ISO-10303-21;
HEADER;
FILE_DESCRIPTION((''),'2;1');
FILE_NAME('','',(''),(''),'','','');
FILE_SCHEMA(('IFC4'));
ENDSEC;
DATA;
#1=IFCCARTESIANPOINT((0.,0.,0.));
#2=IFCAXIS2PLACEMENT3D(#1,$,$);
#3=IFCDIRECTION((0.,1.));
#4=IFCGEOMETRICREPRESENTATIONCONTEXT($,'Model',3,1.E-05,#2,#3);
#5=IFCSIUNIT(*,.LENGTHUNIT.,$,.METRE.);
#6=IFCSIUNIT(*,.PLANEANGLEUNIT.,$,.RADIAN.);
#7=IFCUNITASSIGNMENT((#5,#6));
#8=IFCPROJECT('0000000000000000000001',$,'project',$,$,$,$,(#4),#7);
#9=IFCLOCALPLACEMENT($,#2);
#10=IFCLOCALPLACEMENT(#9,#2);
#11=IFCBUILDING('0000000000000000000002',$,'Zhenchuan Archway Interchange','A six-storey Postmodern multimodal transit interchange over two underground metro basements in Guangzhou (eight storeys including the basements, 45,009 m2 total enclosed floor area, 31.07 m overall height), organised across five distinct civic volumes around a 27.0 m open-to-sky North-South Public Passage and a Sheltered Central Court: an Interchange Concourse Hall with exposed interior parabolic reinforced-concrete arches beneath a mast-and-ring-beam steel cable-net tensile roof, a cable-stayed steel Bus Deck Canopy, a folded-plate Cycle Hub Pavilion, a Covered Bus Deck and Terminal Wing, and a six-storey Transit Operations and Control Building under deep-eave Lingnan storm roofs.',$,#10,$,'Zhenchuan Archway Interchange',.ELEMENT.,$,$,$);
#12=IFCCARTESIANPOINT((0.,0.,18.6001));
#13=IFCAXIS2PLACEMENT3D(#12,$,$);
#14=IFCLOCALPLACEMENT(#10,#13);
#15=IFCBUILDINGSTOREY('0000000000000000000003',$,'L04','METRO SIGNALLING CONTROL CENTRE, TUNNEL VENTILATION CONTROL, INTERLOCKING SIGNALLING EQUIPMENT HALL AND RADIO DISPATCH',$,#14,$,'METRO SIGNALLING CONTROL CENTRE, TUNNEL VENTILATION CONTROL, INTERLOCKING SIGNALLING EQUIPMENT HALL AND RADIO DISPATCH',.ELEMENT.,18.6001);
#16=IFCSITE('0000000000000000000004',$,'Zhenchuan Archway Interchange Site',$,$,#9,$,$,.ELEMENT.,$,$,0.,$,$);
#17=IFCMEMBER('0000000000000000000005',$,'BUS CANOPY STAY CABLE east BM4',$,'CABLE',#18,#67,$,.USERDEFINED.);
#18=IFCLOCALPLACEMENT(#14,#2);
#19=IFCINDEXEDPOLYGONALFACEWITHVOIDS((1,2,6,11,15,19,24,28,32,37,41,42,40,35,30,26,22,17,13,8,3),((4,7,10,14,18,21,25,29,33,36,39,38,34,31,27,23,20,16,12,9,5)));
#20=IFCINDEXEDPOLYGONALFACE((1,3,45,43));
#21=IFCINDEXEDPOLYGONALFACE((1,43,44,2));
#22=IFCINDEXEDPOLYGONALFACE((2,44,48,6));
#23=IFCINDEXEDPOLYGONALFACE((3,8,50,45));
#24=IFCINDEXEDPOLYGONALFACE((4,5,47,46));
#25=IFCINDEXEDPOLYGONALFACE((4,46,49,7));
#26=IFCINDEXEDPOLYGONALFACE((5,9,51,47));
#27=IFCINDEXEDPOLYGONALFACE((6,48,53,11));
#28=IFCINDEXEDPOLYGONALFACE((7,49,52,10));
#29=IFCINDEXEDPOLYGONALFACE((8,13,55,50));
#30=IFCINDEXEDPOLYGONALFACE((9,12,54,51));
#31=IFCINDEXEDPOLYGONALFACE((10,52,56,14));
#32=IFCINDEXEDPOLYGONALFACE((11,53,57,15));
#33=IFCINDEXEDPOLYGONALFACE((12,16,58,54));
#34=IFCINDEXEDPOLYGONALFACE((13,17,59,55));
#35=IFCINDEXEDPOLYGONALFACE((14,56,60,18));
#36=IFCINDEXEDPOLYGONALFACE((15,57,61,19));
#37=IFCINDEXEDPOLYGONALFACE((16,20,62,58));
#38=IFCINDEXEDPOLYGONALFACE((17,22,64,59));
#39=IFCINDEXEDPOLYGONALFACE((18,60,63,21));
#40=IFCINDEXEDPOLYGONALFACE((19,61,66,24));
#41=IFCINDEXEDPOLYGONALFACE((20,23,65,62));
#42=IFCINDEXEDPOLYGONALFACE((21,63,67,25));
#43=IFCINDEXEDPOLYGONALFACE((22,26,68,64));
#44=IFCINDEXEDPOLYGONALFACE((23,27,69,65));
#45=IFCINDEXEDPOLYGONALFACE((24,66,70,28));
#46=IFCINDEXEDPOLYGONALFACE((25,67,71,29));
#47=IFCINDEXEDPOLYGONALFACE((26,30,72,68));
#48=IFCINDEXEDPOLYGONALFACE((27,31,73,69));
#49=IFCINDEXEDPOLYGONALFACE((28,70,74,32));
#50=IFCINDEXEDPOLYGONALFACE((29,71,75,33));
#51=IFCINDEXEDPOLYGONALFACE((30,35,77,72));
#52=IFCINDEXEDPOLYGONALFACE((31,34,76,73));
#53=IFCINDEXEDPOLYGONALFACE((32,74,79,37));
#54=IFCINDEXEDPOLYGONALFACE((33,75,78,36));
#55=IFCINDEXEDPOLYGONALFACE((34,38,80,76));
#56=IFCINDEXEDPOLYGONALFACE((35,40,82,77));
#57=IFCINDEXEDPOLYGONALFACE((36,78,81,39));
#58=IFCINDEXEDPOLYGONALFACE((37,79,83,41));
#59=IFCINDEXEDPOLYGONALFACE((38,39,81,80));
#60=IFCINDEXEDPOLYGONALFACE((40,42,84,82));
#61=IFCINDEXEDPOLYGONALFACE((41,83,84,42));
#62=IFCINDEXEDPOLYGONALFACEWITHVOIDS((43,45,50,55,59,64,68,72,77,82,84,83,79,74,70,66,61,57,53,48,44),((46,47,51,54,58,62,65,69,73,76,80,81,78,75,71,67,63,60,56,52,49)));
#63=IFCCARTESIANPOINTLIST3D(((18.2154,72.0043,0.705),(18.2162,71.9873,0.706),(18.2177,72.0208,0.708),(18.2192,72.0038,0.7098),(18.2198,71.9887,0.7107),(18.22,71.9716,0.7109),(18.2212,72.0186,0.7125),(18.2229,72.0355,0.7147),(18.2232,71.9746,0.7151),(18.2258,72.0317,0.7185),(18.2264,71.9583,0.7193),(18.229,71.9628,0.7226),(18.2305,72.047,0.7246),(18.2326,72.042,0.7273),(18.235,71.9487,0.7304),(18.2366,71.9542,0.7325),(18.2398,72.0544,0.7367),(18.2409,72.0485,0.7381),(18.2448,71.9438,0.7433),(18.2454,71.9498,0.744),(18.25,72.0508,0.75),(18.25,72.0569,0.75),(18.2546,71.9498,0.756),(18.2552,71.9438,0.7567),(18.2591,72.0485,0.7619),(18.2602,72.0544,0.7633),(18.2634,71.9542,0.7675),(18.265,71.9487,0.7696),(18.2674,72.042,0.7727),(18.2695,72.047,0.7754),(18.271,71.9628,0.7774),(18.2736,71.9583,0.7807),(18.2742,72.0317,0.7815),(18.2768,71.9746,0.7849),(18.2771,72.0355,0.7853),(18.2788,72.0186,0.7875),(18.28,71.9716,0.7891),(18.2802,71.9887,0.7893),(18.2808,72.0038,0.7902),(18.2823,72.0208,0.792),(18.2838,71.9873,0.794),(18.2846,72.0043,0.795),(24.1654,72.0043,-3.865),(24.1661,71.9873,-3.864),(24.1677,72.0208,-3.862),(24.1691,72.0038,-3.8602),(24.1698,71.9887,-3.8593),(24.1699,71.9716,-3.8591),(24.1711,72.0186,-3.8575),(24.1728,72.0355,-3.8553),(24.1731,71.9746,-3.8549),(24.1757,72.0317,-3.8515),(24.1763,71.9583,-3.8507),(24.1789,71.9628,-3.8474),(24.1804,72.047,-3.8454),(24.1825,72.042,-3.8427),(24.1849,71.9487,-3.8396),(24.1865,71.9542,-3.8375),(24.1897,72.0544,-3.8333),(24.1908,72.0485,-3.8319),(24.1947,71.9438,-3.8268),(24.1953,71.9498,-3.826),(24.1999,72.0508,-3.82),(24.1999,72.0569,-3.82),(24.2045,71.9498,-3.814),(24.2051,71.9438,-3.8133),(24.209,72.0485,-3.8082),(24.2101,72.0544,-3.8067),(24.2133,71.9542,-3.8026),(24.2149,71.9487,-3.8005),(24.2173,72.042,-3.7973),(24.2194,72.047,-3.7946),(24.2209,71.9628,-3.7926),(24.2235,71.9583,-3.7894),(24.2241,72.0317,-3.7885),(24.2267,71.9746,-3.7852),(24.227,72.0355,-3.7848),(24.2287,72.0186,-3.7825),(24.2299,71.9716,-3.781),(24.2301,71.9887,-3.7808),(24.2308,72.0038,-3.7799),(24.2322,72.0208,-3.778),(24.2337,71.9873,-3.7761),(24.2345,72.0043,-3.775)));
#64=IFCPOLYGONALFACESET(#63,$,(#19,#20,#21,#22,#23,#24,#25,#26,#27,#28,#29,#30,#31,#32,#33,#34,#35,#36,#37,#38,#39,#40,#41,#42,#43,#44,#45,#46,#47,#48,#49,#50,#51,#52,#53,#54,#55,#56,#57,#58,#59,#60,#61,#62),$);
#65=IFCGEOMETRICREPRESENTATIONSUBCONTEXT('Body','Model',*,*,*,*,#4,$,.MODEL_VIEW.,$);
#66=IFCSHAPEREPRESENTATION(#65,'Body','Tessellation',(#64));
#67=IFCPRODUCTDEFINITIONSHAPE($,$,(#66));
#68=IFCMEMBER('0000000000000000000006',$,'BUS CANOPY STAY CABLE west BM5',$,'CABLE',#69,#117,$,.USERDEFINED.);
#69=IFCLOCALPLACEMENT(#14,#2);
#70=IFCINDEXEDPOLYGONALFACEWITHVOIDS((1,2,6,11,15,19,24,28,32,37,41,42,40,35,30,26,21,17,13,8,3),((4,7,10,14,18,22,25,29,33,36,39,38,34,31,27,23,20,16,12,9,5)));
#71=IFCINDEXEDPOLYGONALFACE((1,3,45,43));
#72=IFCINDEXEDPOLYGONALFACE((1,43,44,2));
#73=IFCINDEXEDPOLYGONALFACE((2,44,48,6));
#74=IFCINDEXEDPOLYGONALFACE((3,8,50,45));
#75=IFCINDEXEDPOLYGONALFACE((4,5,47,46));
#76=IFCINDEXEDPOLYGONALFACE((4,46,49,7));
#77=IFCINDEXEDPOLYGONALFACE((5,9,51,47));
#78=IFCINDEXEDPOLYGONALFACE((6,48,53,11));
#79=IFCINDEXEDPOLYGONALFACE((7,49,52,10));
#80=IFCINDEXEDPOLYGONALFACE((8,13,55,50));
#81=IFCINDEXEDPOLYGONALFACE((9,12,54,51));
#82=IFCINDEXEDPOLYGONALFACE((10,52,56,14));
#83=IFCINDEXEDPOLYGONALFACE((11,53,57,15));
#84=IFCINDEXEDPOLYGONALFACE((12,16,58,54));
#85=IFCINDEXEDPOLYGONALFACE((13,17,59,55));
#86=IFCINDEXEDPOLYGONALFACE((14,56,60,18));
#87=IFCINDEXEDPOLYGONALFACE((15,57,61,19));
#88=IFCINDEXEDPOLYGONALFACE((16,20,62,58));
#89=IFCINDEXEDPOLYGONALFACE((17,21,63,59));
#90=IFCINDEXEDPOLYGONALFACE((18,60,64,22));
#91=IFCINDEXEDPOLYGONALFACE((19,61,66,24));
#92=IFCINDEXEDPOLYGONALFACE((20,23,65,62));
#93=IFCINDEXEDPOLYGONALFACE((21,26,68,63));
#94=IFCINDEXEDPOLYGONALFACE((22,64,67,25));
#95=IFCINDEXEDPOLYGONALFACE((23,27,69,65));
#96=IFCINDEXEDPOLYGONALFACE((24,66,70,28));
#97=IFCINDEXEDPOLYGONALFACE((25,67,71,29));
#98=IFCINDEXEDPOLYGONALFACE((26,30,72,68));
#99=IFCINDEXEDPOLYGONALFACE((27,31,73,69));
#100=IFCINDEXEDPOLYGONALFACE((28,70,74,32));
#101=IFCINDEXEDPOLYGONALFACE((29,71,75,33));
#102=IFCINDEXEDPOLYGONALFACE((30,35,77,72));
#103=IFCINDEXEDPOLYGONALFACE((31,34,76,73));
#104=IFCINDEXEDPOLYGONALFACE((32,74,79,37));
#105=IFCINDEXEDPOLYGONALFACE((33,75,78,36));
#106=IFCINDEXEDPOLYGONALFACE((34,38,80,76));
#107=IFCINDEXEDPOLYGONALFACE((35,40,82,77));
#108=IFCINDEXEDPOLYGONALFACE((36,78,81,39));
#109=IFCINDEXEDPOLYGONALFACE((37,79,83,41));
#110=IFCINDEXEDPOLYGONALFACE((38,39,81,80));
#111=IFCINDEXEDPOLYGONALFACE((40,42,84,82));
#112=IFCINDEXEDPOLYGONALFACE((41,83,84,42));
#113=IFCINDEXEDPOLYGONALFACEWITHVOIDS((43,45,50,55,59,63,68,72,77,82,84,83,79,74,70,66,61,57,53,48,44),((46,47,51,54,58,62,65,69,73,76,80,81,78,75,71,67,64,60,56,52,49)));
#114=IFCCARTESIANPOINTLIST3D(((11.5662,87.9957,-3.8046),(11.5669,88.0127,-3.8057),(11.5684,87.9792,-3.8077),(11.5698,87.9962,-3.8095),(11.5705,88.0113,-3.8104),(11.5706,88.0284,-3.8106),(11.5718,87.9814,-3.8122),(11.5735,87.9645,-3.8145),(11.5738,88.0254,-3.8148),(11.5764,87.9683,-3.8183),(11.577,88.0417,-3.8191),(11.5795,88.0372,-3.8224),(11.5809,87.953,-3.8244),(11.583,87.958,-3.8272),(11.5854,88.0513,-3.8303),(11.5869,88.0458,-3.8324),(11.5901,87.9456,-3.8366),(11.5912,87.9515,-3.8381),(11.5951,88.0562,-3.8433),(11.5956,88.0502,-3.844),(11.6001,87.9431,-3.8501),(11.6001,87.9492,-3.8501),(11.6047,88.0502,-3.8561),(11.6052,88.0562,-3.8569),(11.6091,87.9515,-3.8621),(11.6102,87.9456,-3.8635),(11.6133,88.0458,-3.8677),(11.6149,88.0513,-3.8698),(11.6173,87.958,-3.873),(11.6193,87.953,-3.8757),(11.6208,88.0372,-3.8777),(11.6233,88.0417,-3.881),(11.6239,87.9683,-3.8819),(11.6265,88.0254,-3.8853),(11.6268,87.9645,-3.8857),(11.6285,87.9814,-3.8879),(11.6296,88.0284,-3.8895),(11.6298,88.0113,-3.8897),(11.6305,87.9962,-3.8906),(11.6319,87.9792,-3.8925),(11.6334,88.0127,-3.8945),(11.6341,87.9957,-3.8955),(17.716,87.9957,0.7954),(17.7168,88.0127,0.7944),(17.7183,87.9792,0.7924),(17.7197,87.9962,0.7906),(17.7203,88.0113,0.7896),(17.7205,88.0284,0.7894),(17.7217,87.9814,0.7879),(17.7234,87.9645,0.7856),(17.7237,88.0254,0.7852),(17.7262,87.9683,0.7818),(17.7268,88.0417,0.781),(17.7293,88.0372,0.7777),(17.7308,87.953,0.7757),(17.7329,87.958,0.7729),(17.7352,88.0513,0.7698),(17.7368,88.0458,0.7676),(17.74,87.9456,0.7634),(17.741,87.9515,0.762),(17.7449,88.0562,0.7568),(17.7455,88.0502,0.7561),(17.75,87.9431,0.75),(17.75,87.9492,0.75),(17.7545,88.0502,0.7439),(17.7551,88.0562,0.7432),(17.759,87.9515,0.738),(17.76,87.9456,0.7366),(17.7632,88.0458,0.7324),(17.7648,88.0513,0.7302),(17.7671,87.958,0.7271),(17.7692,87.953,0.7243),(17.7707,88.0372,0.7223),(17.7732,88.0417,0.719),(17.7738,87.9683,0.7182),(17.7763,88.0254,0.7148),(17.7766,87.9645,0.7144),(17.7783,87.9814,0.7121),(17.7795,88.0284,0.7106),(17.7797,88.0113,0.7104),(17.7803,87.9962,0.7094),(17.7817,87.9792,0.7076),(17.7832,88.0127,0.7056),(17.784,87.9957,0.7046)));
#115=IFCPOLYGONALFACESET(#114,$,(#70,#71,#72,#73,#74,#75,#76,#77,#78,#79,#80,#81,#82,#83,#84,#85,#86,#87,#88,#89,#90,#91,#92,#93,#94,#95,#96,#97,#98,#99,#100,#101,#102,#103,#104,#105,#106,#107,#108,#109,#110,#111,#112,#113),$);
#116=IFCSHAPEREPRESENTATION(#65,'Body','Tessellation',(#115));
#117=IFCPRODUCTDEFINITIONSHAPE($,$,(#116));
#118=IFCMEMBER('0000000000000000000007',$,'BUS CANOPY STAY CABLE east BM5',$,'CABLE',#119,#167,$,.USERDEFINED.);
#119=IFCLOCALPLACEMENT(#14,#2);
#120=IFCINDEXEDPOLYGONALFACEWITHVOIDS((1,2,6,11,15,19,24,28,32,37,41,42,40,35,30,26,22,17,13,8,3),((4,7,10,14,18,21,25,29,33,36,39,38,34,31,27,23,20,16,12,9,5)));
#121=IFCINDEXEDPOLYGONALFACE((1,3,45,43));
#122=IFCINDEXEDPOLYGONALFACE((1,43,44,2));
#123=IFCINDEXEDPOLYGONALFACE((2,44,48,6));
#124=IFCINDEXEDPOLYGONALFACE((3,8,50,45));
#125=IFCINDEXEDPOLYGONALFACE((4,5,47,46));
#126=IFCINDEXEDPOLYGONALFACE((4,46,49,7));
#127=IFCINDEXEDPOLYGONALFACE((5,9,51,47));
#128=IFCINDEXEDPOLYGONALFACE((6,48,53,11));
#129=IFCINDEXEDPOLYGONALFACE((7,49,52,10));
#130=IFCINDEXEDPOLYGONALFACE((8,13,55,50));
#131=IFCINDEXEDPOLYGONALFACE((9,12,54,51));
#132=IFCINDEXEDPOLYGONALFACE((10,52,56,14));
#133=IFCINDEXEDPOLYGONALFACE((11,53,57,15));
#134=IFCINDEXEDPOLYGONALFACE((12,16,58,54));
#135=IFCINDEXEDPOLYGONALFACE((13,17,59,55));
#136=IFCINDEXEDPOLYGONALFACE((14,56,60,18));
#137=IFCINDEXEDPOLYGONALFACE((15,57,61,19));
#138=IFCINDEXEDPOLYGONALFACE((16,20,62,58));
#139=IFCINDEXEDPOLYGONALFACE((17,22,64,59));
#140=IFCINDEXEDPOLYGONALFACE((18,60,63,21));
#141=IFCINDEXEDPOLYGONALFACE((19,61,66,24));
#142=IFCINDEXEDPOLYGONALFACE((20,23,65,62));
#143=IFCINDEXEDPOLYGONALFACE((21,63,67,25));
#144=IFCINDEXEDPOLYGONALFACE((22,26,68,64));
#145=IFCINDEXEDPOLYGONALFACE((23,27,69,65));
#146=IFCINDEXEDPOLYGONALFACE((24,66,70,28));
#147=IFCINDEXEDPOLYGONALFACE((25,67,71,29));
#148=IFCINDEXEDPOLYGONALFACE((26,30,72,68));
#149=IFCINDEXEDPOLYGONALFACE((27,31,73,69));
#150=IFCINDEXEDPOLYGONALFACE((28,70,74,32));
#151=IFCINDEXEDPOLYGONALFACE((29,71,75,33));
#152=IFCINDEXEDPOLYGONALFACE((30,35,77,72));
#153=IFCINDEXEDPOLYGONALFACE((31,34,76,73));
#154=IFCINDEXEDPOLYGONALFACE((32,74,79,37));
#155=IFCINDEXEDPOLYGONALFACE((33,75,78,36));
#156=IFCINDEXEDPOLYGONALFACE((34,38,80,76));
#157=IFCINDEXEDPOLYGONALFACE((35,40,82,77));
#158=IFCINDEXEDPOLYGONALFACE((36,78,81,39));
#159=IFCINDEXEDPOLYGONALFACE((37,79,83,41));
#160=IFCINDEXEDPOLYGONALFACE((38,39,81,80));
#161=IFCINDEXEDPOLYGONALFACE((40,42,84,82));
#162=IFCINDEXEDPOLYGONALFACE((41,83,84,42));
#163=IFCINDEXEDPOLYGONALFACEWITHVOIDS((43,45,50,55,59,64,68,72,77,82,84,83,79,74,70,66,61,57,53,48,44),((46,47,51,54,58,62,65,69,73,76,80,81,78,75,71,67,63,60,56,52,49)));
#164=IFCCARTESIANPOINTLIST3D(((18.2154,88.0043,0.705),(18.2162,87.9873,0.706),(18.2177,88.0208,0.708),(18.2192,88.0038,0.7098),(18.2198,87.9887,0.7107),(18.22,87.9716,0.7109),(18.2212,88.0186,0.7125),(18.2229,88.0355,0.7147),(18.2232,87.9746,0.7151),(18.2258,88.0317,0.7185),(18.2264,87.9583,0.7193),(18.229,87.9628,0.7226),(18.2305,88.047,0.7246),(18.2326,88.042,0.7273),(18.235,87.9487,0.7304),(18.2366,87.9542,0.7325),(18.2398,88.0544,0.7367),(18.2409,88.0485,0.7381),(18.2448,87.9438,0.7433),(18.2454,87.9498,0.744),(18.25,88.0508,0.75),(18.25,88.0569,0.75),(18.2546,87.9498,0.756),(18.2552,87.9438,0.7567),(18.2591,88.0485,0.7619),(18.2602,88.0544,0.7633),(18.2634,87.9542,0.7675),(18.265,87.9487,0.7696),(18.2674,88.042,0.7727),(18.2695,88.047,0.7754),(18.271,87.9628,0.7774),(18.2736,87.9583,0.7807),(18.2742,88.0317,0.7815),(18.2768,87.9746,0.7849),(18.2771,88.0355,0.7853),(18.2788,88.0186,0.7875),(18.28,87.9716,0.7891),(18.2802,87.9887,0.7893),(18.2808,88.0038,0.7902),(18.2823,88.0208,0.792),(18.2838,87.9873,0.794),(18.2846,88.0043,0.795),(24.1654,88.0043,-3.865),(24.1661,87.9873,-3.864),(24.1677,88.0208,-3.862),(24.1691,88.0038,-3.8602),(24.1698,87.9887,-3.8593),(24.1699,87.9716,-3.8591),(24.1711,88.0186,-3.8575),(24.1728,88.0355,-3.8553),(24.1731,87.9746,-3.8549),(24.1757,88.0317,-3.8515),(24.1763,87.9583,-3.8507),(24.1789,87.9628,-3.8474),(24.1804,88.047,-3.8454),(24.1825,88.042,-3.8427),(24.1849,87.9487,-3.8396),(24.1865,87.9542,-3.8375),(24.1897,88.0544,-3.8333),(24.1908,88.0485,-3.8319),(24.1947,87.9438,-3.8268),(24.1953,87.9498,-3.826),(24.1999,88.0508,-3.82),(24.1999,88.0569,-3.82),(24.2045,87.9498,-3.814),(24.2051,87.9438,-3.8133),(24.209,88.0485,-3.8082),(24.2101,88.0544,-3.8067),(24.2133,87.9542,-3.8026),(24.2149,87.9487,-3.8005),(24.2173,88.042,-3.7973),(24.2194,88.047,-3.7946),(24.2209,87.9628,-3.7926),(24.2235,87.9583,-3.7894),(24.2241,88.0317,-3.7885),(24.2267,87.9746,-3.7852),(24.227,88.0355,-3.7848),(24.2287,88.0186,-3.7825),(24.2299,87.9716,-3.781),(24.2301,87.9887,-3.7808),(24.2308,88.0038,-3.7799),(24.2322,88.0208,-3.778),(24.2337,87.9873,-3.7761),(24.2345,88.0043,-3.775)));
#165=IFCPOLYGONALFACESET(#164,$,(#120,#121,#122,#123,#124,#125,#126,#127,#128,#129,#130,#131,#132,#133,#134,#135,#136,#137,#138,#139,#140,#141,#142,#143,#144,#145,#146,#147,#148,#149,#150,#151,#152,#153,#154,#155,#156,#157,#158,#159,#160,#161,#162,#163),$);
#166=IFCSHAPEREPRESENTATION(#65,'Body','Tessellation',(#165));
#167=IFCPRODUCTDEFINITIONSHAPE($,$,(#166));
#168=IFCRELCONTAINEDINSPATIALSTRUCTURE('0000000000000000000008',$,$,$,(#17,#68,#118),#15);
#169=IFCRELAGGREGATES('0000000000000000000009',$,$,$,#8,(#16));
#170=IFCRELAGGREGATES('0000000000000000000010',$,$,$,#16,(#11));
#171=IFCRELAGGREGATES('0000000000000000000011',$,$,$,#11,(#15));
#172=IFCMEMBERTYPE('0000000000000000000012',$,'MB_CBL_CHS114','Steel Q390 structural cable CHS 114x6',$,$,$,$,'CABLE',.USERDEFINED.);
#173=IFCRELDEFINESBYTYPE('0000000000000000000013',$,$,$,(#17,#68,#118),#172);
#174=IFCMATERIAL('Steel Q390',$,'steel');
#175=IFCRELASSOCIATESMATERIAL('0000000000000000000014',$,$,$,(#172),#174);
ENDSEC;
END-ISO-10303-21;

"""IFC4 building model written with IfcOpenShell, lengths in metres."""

from ifc_helpers import new_model, si_unit, direction, frame, origin, origin_2d, place, context, subcontext, project, spatial, hollow_circle, extrude, material, material_profile, profile_set, type_object, element, save


model = new_model("IFC4")

# Units and contexts
model_context = context("Model", 3, precision=1e-05, world=origin(), true_north=direction((0.0, 1.0)))
body_context = subcontext(model_context, "Body", "Model", "MODEL_VIEW")
ifc_project = project(units=[si_unit("LENGTHUNIT", "METRE"), si_unit("PLANEANGLEUNIT", "RADIAN")], contexts=[model_context])

# Site, building, storey
site_placement = place(None, origin())
site = spatial("IfcSite", under=ifc_project, at=site_placement, Name="Zhenchuan Archway Interchange Site", CompositionType="ELEMENT", RefElevation=0.0)
building_placement = place(site_placement, origin())
building = spatial("IfcBuilding", under=site, at=building_placement, Name="Zhenchuan Archway Interchange", Description="A six-storey Postmodern multimodal transit interchange over two underground metro basements in Guangzhou (eight storeys including the basements, 45,009 m2 total enclosed floor area, 31.07 m overall height), organised across five distinct civic volumes around a 27.0 m open-to-sky North-South Public Passage and a Sheltered Central Court: an Interchange Concourse Hall with exposed interior parabolic reinforced-concrete arches beneath a mast-and-ring-beam steel cable-net tensile roof, a cable-stayed steel Bus Deck Canopy, a folded-plate Cycle Hub Pavilion, a Covered Bus Deck and Terminal Wing, and a six-storey Transit Operations and Control Building under deep-eave Lingnan storm roofs.", LongName="Zhenchuan Archway Interchange", CompositionType="ELEMENT")
storey_placement = place(building_placement, frame((0.0, 0.0, 18.6001)))
storey = spatial("IfcBuildingStorey", under=building, at=storey_placement, Name="L04", Description="METRO SIGNALLING CONTROL CENTRE, TUNNEL VENTILATION CONTROL, INTERLOCKING SIGNALLING EQUIPMENT HALL AND RADIO DISPATCH", LongName="METRO SIGNALLING CONTROL CENTRE, TUNNEL VENTILATION CONTROL, INTERLOCKING SIGNALLING EQUIPMENT HALL AND RADIO DISPATCH", CompositionType="ELEMENT", Elevation=18.6001)

# Shared definitions
ifc_material_1 = material(Name="Steel Q390", Category="steel")

# Members
ifc_material_profile_1 = material_profile(ifc_material_1, hollow_circle(Radius=0.0569, WallThickness=0.0061, at=origin_2d()), Name="CHS 114x6")
ifc_profile_set_1 = profile_set([ifc_material_profile_1], Name="Steel Q390")
member_type_1 = type_object("IfcMemberType", Name="MB_CBL_CHS114", Description="Steel Q390 structural cable CHS 114x6", ElementType="CABLE", PredefinedType="USERDEFINED", material=ifc_profile_set_1)
member_1_placement = place(storey_placement, frame((18.25, 72.0, 0.75), z_axis=(0.793063, 0.0, -0.60914), x_axis=(0.0, 1.0, 0.0)))
element("IfcMember", 1, at=member_1_placement, inside=storey, type_object=member_type_1, Name="BUS CANOPY STAY CABLE east BM4", ObjectType="CABLE", PredefinedType="USERDEFINED", context=body_context, shape_type="SweptSolid", body=[
    extrude(hollow_circle(Radius=0.0569, WallThickness=0.0061, at=origin_2d()), origin(), (0.0, 0.0, 1.0), 7.5024),
])
member_2_placement = place(storey_placement, frame((17.75, 88.0, 0.75), z_axis=(-0.80077, 0.0, -0.598972), x_axis=(0.0, -1.0, 0.0)))
element("IfcMember", 2, at=member_2_placement, inside=storey, type_object=member_type_1, Name="BUS CANOPY STAY CABLE west BM5", ObjectType="CABLE", PredefinedType="USERDEFINED", context=body_context, shape_type="SweptSolid", body=[
    extrude(hollow_circle(Radius=0.0569, WallThickness=0.0061, at=origin_2d()), origin(), (0.0, 0.0, 1.0), 7.6799),
])
member_3_placement = place(storey_placement, frame((18.25, 88.0, 0.75), z_axis=(0.793063, 0.0, -0.60914), x_axis=(0.0, 1.0, 0.0)))
element("IfcMember", 3, at=member_3_placement, inside=storey, type_object=member_type_1, Name="BUS CANOPY STAY CABLE east BM5", ObjectType="CABLE", PredefinedType="USERDEFINED", context=body_context, shape_type="SweptSolid", body=[
    extrude(hollow_circle(Radius=0.0569, WallThickness=0.0061, at=origin_2d()), origin(), (0.0, 0.0, 1.0), 7.5024),
])

save(model, "model.ifc")
